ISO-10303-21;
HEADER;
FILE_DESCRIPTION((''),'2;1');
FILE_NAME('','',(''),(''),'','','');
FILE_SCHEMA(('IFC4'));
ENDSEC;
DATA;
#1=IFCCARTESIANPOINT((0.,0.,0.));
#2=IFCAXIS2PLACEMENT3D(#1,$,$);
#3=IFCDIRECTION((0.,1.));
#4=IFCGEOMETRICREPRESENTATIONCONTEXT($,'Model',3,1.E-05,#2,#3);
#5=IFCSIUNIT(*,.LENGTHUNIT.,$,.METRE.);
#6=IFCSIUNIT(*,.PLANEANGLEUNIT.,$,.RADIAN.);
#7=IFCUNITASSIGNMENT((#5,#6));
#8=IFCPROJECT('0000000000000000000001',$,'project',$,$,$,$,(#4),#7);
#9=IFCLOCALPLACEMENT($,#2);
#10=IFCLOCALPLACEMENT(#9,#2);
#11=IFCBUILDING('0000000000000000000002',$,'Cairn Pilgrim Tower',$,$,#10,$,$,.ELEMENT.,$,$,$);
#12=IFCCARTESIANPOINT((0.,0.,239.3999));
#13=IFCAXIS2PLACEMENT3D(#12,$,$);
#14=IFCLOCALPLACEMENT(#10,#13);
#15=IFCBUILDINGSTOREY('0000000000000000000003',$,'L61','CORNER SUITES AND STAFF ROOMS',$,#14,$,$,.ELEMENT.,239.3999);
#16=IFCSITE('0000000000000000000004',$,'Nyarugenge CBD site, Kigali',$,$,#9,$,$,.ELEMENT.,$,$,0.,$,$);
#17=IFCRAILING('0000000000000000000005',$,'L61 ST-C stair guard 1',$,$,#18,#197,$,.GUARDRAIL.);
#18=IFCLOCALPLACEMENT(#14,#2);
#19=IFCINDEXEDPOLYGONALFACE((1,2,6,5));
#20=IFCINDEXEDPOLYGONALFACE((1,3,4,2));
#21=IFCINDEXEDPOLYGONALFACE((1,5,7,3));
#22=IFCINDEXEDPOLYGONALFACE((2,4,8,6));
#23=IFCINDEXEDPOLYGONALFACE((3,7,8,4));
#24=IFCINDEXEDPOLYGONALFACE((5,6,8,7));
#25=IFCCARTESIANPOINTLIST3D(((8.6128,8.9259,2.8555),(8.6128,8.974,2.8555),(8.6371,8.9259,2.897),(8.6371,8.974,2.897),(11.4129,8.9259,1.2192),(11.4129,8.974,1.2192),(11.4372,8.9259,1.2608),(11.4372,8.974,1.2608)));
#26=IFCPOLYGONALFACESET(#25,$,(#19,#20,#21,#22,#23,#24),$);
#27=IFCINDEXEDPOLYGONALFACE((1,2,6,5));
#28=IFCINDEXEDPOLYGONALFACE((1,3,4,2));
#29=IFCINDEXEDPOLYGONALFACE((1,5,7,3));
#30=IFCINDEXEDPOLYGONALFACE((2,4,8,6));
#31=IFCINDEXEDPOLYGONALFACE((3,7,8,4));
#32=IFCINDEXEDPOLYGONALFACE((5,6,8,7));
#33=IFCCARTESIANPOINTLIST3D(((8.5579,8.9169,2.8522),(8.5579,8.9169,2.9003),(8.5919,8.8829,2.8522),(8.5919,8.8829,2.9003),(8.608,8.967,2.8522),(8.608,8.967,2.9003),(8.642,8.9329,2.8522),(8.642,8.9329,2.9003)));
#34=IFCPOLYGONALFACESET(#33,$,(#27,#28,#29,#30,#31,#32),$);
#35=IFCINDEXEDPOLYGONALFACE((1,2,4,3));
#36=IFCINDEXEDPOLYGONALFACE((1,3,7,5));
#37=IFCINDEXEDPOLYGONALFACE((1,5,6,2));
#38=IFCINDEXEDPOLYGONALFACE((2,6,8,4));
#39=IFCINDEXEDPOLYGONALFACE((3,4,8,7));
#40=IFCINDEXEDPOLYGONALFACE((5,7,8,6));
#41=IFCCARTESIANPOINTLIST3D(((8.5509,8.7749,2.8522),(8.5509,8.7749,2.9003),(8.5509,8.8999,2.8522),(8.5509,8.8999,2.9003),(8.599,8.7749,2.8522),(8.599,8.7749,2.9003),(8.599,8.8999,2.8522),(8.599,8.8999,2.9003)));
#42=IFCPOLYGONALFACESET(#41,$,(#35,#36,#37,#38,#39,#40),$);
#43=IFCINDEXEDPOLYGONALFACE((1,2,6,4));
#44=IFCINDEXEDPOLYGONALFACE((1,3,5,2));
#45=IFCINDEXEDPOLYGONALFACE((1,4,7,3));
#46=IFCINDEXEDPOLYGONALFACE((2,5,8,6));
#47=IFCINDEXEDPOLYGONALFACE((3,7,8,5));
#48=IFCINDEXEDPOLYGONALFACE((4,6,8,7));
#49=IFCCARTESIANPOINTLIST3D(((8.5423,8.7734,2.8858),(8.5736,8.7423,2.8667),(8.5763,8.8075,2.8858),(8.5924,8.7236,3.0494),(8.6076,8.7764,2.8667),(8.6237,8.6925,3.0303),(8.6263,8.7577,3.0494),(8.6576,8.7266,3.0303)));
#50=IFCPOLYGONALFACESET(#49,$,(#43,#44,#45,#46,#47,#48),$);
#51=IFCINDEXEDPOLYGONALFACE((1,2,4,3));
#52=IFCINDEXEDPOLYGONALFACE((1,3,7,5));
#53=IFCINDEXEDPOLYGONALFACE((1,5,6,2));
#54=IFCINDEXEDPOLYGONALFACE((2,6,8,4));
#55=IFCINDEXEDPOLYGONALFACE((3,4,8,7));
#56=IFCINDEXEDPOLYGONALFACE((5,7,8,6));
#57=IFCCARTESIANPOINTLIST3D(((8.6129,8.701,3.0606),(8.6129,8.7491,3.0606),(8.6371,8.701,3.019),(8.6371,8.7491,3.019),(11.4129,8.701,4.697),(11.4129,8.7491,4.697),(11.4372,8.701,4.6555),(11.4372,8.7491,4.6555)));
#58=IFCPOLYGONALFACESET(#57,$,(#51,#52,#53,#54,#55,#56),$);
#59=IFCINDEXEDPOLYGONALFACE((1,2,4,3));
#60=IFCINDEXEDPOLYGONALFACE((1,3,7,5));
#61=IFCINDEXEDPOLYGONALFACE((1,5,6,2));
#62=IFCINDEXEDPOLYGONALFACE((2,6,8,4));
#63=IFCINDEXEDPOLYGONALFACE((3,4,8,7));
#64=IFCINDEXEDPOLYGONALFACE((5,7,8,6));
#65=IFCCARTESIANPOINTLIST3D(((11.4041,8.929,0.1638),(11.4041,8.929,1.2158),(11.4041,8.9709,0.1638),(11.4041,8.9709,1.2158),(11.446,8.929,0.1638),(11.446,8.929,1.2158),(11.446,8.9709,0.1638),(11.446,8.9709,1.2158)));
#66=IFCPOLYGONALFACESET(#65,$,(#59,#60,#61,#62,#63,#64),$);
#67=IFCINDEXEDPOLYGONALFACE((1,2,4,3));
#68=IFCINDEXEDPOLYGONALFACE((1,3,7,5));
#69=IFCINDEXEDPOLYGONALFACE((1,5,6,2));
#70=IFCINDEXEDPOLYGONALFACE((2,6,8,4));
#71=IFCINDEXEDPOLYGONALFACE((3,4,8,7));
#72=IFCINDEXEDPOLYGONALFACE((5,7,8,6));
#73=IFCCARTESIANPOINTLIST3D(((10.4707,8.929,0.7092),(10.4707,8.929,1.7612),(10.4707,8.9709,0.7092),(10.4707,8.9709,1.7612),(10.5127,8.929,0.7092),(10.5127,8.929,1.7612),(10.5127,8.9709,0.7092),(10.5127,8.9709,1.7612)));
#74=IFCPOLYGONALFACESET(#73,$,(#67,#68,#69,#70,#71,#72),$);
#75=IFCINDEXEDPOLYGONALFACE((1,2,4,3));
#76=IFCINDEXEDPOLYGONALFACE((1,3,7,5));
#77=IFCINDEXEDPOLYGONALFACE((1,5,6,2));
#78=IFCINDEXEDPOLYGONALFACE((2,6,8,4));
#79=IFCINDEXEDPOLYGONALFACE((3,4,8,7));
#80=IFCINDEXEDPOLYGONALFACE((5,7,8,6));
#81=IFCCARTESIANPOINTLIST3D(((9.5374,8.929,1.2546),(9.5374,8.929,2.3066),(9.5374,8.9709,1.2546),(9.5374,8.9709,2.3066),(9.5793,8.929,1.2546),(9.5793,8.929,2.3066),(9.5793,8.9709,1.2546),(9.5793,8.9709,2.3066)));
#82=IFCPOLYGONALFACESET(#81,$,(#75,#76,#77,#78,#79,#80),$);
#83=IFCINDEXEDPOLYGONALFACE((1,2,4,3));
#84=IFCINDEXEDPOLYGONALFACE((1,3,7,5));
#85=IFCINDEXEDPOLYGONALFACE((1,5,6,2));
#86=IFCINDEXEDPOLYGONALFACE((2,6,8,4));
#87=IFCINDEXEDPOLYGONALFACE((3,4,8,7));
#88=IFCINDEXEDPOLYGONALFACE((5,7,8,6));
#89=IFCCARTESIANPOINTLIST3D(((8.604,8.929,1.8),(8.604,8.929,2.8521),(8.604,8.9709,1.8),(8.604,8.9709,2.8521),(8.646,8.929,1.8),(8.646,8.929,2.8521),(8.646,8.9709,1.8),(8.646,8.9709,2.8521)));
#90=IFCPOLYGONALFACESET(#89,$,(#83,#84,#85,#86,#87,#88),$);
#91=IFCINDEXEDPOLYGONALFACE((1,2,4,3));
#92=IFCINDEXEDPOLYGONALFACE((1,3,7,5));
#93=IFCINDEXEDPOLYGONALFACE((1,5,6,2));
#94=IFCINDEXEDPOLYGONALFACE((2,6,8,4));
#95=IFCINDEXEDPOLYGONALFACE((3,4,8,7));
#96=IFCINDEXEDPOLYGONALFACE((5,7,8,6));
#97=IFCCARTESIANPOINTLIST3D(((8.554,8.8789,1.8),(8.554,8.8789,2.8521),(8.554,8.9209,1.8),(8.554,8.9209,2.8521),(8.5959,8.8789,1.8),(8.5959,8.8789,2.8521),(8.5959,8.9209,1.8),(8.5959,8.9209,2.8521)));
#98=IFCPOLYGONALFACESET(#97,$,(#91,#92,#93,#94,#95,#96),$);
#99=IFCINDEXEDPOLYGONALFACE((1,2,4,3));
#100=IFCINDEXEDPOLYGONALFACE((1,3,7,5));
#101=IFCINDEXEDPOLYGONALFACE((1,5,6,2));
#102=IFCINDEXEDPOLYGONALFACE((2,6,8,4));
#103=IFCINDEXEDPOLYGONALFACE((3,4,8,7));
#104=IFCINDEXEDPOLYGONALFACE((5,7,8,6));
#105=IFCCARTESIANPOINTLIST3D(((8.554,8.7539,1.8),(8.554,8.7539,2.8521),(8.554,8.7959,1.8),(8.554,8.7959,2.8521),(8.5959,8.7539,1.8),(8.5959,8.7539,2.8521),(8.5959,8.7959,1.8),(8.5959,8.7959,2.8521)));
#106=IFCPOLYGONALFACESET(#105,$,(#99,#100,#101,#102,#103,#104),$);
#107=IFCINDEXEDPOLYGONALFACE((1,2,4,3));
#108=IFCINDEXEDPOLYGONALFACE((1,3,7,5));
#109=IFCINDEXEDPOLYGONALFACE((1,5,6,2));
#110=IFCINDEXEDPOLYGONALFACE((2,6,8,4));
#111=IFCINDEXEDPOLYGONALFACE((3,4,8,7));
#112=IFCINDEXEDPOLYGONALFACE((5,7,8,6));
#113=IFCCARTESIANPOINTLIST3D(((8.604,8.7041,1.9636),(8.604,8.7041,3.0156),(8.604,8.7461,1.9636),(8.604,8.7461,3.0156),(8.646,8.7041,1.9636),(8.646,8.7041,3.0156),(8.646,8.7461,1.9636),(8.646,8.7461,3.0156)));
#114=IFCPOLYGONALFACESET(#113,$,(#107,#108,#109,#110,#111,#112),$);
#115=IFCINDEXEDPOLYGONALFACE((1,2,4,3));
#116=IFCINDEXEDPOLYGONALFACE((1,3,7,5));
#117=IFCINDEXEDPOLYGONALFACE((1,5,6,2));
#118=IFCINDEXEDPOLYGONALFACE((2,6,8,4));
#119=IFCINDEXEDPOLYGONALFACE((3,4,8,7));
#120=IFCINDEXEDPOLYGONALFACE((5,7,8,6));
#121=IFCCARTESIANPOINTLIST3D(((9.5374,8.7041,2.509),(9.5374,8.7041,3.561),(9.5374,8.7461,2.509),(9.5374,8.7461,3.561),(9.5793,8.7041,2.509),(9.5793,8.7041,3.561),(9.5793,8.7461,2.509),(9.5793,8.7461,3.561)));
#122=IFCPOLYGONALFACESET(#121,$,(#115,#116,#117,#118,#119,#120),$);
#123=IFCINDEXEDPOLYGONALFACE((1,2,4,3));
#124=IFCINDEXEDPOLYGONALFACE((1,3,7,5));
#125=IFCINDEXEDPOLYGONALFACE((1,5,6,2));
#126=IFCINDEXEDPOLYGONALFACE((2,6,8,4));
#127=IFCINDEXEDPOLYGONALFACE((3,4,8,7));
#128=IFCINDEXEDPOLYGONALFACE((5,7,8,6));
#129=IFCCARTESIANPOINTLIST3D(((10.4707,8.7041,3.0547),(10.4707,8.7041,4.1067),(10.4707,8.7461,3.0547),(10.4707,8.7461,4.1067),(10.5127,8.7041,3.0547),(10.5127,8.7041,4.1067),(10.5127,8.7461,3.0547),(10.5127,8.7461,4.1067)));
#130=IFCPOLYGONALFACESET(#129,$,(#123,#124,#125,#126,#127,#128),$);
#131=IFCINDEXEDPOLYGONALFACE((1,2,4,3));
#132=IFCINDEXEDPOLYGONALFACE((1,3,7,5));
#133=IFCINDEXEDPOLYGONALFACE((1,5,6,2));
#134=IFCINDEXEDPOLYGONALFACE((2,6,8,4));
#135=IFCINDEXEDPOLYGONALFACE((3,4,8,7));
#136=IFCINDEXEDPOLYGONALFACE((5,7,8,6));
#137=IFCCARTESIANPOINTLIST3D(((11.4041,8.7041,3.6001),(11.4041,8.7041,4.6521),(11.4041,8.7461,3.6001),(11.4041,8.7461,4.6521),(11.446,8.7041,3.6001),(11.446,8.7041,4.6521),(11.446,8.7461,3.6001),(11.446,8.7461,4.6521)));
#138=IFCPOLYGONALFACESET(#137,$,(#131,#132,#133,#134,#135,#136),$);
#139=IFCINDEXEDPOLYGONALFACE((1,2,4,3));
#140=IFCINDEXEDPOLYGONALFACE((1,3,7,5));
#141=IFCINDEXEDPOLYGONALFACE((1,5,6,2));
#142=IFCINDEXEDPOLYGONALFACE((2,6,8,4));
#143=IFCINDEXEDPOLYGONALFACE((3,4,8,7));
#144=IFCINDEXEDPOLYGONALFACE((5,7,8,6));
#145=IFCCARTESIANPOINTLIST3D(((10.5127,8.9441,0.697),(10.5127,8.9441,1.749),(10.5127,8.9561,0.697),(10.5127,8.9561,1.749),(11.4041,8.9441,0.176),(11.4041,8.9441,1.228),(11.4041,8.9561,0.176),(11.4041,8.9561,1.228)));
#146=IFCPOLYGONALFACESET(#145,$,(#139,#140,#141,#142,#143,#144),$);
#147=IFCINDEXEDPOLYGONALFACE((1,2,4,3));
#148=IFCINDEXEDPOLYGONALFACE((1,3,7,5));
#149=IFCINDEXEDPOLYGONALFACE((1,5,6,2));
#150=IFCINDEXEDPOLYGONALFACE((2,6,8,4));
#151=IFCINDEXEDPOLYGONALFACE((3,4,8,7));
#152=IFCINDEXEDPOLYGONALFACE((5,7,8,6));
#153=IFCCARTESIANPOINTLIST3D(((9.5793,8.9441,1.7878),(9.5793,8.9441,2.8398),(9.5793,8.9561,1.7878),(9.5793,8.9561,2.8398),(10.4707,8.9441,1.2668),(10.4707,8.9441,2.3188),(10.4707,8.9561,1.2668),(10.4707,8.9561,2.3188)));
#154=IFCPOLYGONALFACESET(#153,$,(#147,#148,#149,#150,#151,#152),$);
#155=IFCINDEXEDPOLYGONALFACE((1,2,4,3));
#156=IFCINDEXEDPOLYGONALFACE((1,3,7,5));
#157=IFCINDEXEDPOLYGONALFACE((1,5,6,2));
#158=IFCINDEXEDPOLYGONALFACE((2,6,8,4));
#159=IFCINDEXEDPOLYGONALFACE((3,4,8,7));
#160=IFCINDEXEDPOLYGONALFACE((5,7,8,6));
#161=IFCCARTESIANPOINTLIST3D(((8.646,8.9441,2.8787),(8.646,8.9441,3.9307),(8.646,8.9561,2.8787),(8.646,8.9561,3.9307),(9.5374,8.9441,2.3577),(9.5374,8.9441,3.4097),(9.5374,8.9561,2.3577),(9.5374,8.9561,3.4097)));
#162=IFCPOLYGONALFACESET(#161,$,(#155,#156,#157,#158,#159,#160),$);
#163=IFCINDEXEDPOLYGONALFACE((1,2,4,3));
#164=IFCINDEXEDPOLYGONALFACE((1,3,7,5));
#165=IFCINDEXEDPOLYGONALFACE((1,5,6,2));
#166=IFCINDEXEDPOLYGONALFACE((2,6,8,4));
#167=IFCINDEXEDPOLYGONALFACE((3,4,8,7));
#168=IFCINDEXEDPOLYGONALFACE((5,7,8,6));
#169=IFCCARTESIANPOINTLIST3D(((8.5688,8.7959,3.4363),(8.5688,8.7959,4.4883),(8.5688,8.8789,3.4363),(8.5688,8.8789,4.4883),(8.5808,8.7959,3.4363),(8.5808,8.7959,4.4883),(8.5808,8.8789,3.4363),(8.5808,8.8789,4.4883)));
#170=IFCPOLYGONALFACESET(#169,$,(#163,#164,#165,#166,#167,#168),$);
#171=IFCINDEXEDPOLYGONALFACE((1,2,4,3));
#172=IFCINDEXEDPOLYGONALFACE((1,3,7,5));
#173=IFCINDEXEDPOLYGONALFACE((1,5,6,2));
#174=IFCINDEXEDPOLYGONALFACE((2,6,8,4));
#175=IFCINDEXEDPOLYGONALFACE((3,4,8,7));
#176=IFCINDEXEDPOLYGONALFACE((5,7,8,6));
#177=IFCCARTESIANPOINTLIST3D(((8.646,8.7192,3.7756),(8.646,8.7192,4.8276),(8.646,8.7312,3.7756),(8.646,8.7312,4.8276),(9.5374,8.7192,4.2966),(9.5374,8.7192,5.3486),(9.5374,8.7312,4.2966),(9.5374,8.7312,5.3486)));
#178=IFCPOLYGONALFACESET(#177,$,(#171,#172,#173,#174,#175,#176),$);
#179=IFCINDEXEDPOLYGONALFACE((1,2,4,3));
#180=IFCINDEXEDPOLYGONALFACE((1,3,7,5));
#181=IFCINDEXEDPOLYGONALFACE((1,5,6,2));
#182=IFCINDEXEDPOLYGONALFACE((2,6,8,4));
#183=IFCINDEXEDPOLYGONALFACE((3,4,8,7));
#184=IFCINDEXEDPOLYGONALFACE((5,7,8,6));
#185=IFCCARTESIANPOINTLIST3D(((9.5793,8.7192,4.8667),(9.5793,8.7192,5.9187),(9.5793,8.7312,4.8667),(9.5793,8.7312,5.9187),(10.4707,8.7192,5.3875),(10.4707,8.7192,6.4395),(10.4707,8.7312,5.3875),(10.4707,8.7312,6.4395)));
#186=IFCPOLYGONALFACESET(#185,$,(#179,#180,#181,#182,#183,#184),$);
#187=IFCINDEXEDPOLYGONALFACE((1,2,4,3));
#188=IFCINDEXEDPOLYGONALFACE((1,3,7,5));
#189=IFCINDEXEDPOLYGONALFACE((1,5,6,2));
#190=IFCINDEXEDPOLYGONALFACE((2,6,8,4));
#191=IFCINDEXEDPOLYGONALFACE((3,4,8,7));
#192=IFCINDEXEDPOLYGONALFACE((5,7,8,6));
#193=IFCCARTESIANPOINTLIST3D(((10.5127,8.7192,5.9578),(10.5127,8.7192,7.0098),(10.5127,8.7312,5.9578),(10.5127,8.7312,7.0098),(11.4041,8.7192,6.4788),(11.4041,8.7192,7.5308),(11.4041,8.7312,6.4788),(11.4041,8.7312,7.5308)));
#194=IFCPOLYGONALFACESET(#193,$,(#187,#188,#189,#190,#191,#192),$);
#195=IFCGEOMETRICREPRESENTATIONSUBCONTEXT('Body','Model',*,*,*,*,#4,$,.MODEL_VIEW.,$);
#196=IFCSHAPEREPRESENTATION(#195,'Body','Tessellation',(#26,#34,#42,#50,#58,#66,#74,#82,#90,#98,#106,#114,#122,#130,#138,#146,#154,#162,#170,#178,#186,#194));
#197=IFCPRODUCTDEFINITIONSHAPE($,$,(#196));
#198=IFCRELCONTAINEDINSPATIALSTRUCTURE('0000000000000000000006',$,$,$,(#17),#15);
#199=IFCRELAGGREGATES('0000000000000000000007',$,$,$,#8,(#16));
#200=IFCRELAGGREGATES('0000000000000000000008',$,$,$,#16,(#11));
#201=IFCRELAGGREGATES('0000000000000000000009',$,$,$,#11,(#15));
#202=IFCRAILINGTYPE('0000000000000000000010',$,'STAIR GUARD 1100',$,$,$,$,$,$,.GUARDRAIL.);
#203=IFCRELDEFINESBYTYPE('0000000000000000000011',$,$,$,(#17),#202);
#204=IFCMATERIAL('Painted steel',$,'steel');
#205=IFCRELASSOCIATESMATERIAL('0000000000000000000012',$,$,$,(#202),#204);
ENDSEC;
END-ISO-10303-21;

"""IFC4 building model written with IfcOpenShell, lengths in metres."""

from ifc_helpers import new_model, si_unit, direction, frame, origin, origin_2d, place, context, subcontext, project, spatial, polyline, rectangle, outline, extrude, material, type_object, element, save


model = new_model("IFC4")

# Units and contexts
model_context = context("Model", 3, precision=1e-05, world=origin(), true_north=direction((0.0, 1.0)))
body_context = subcontext(model_context, "Body", "Model", "MODEL_VIEW")
ifc_project = project(units=[si_unit("LENGTHUNIT", "METRE"), si_unit("PLANEANGLEUNIT", "RADIAN")], contexts=[model_context])

# Site, building, storey
site_placement = place(None, origin())
site = spatial("IfcSite", under=ifc_project, at=site_placement, Name="Nyarugenge CBD site, Kigali", CompositionType="ELEMENT", RefElevation=0.0)
building_placement = place(site_placement, origin())
building = spatial("IfcBuilding", under=site, at=building_placement, Name="Cairn Pilgrim Tower", CompositionType="ELEMENT")
storey_placement = place(building_placement, frame((0.0, 0.0, 239.3999)))
storey = spatial("IfcBuildingStorey", under=building, at=storey_placement, Name="L61", Description="CORNER SUITES AND STAFF ROOMS", CompositionType="ELEMENT", Elevation=239.3999)

# Shared definitions
ifc_material_1 = material(Name="Painted steel", Category="steel")

# Railing
railing_type_1 = type_object("IfcRailingType", Name="STAIR GUARD 1100", PredefinedType="GUARDRAIL", material=ifc_material_1)
railing_1_placement = place(storey_placement, frame((11.425, 8.95, 0.1638)))
element("IfcRailing", 1, at=railing_1_placement, inside=storey, type_object=railing_type_1, Name="L61 ST-C stair guard 1", PredefinedType="GUARDRAIL", context=body_context, shape_type="SweptSolid", body=[
    extrude(rectangle(XDim=0.0481, YDim=0.0481, at=origin_2d()), frame((0.0, 0.0, 1.0762), z_axis=(-0.863394, 0.0, 0.504531), x_axis=(0.0, -1.0, 0.0)), (0.0, 0.0, 1.0), 3.2432),
    extrude(rectangle(XDim=0.0481, YDim=0.0481, at=origin_2d()), frame((-2.8, 0.0, 2.7124), z_axis=(-0.707107, -0.707107, 0.0), x_axis=(0.707107, -0.707107, 0.0)), (0.0, 0.0, 1.0), 0.0708),
    extrude(rectangle(XDim=0.0481, YDim=0.0481, at=origin_2d()), frame((-2.8501, -0.05, 2.7124), z_axis=(0.0, -1.0, 0.0), x_axis=(1.0, 0.0, 0.0)), (0.0, 0.0, 1.0), 0.125),
    extrude(rectangle(XDim=0.0481, YDim=0.0481, at=origin_2d()), frame((-2.8501, -0.175, 2.7124), z_axis=(0.280917, -0.279546, 0.918118), x_axis=(0.705376, 0.708834, 0.0)), (0.0, 0.0, 1.0), 0.1782),
    extrude(rectangle(XDim=0.0481, YDim=0.0481, at=origin_2d()), frame((-2.8, -0.2249, 2.876), z_axis=(0.863361, 0.0, 0.504587), x_axis=(0.0, 1.0, 0.0)), (0.0, 0.0, 1.0), 3.2432),
    extrude(rectangle(XDim=0.042, YDim=0.042, at=origin_2d()), origin(), (0.0, 0.0, 1.0), 1.052),
    extrude(rectangle(XDim=0.042, YDim=0.042, at=origin_2d()), frame((-0.9333, 0.0, 0.5454)), (0.0, 0.0, 1.0), 1.052),
    extrude(rectangle(XDim=0.042, YDim=0.042, at=origin_2d()), frame((-1.8667, 0.0, 1.0908)), (0.0, 0.0, 1.0), 1.052),
    extrude(rectangle(XDim=0.042, YDim=0.042, at=origin_2d()), frame((-2.8, 0.0, 1.6362)), (0.0, 0.0, 1.0), 1.052),
    extrude(rectangle(XDim=0.042, YDim=0.042, at=origin_2d()), frame((-2.8501, -0.05, 1.6362)), (0.0, 0.0, 1.0), 1.052),
    extrude(rectangle(XDim=0.042, YDim=0.042, at=origin_2d()), frame((-2.8501, -0.175, 1.6362)), (0.0, 0.0, 1.0), 1.052),
    extrude(rectangle(XDim=0.042, YDim=0.042, at=origin_2d()), frame((-2.8, -0.2249, 1.7998)), (0.0, 0.0, 1.0), 1.052),
    extrude(rectangle(XDim=0.042, YDim=0.042, at=origin_2d()), frame((-1.8667, -0.2249, 2.3452)), (0.0, 0.0, 1.0), 1.052),
    extrude(rectangle(XDim=0.042, YDim=0.042, at=origin_2d()), frame((-0.9333, -0.2249, 2.8909)), (0.0, 0.0, 1.0), 1.052),
    extrude(rectangle(XDim=0.042, YDim=0.042, at=origin_2d()), frame((0.0, -0.2249, 3.4363)), (0.0, 0.0, 1.0), 1.052),
    extrude(outline(polyline([(0.021, 0.0122), (0.9124, 0.5332), (0.9124, 1.5852), (0.021, 1.0642), (0.021, 0.0122)])), frame((0.0, -0.0059, 0.0), z_axis=(0.0, 1.0, 0.0), x_axis=(-1.0, 0.0, 0.0)), (0.0, 0.0, 1.0), 0.012),
    extrude(outline(polyline([(0.021, 0.5576), (0.9124, 1.0786), (0.9124, 2.1306), (0.021, 1.6096), (0.021, 0.5576)])), frame((-0.9333, -0.0059, 0.5454), z_axis=(0.0, 1.0, 0.0), x_axis=(-1.0, 0.0, 0.0)), (0.0, 0.0, 1.0), 0.012),
    extrude(outline(polyline([(0.021, 1.103), (0.9124, 1.624), (0.9124, 2.676), (0.021, 2.155), (0.021, 1.103)])), frame((-1.8667, -0.0059, 1.0908), z_axis=(0.0, 1.0, 0.0), x_axis=(-1.0, 0.0, 0.0)), (0.0, 0.0, 1.0), 0.012),
    extrude(outline(polyline([(0.021, 1.6362), (0.104, 1.6362), (0.104, 2.6882), (0.021, 2.6882), (0.021, 1.6362)])), frame((-2.8442, -0.05, 1.6362), z_axis=(-1.0, 0.0, 0.0), x_axis=(0.0, -1.0, 0.0)), (0.0, 0.0, 1.0), 0.012),
    extrude(outline(polyline([(0.021, 1.812), (0.9124, 2.333), (0.9124, 3.385), (0.021, 2.864), (0.021, 1.812)])), frame((-2.8, -0.2188, 1.7998), z_axis=(0.0, -1.0, 0.0), x_axis=(1.0, 0.0, 0.0)), (0.0, 0.0, 1.0), 0.012),
    extrude(outline(polyline([(0.021, 2.3577), (0.9124, 2.8784), (0.9124, 3.9304), (0.021, 3.4097), (0.021, 2.3577)])), frame((-1.8667, -0.2188, 2.3452), z_axis=(0.0, -1.0, 0.0), x_axis=(1.0, 0.0, 0.0)), (0.0, 0.0, 1.0), 0.012),
    extrude(outline(polyline([(0.021, 2.9031), (0.9124, 3.4241), (0.9124, 4.4761), (0.021, 3.9551), (0.021, 2.9031)])), frame((-0.9333, -0.2188, 2.8909), z_axis=(0.0, -1.0, 0.0), x_axis=(1.0, 0.0, 0.0)), (0.0, 0.0, 1.0), 0.012),
])

save(model, "model.ifc")
